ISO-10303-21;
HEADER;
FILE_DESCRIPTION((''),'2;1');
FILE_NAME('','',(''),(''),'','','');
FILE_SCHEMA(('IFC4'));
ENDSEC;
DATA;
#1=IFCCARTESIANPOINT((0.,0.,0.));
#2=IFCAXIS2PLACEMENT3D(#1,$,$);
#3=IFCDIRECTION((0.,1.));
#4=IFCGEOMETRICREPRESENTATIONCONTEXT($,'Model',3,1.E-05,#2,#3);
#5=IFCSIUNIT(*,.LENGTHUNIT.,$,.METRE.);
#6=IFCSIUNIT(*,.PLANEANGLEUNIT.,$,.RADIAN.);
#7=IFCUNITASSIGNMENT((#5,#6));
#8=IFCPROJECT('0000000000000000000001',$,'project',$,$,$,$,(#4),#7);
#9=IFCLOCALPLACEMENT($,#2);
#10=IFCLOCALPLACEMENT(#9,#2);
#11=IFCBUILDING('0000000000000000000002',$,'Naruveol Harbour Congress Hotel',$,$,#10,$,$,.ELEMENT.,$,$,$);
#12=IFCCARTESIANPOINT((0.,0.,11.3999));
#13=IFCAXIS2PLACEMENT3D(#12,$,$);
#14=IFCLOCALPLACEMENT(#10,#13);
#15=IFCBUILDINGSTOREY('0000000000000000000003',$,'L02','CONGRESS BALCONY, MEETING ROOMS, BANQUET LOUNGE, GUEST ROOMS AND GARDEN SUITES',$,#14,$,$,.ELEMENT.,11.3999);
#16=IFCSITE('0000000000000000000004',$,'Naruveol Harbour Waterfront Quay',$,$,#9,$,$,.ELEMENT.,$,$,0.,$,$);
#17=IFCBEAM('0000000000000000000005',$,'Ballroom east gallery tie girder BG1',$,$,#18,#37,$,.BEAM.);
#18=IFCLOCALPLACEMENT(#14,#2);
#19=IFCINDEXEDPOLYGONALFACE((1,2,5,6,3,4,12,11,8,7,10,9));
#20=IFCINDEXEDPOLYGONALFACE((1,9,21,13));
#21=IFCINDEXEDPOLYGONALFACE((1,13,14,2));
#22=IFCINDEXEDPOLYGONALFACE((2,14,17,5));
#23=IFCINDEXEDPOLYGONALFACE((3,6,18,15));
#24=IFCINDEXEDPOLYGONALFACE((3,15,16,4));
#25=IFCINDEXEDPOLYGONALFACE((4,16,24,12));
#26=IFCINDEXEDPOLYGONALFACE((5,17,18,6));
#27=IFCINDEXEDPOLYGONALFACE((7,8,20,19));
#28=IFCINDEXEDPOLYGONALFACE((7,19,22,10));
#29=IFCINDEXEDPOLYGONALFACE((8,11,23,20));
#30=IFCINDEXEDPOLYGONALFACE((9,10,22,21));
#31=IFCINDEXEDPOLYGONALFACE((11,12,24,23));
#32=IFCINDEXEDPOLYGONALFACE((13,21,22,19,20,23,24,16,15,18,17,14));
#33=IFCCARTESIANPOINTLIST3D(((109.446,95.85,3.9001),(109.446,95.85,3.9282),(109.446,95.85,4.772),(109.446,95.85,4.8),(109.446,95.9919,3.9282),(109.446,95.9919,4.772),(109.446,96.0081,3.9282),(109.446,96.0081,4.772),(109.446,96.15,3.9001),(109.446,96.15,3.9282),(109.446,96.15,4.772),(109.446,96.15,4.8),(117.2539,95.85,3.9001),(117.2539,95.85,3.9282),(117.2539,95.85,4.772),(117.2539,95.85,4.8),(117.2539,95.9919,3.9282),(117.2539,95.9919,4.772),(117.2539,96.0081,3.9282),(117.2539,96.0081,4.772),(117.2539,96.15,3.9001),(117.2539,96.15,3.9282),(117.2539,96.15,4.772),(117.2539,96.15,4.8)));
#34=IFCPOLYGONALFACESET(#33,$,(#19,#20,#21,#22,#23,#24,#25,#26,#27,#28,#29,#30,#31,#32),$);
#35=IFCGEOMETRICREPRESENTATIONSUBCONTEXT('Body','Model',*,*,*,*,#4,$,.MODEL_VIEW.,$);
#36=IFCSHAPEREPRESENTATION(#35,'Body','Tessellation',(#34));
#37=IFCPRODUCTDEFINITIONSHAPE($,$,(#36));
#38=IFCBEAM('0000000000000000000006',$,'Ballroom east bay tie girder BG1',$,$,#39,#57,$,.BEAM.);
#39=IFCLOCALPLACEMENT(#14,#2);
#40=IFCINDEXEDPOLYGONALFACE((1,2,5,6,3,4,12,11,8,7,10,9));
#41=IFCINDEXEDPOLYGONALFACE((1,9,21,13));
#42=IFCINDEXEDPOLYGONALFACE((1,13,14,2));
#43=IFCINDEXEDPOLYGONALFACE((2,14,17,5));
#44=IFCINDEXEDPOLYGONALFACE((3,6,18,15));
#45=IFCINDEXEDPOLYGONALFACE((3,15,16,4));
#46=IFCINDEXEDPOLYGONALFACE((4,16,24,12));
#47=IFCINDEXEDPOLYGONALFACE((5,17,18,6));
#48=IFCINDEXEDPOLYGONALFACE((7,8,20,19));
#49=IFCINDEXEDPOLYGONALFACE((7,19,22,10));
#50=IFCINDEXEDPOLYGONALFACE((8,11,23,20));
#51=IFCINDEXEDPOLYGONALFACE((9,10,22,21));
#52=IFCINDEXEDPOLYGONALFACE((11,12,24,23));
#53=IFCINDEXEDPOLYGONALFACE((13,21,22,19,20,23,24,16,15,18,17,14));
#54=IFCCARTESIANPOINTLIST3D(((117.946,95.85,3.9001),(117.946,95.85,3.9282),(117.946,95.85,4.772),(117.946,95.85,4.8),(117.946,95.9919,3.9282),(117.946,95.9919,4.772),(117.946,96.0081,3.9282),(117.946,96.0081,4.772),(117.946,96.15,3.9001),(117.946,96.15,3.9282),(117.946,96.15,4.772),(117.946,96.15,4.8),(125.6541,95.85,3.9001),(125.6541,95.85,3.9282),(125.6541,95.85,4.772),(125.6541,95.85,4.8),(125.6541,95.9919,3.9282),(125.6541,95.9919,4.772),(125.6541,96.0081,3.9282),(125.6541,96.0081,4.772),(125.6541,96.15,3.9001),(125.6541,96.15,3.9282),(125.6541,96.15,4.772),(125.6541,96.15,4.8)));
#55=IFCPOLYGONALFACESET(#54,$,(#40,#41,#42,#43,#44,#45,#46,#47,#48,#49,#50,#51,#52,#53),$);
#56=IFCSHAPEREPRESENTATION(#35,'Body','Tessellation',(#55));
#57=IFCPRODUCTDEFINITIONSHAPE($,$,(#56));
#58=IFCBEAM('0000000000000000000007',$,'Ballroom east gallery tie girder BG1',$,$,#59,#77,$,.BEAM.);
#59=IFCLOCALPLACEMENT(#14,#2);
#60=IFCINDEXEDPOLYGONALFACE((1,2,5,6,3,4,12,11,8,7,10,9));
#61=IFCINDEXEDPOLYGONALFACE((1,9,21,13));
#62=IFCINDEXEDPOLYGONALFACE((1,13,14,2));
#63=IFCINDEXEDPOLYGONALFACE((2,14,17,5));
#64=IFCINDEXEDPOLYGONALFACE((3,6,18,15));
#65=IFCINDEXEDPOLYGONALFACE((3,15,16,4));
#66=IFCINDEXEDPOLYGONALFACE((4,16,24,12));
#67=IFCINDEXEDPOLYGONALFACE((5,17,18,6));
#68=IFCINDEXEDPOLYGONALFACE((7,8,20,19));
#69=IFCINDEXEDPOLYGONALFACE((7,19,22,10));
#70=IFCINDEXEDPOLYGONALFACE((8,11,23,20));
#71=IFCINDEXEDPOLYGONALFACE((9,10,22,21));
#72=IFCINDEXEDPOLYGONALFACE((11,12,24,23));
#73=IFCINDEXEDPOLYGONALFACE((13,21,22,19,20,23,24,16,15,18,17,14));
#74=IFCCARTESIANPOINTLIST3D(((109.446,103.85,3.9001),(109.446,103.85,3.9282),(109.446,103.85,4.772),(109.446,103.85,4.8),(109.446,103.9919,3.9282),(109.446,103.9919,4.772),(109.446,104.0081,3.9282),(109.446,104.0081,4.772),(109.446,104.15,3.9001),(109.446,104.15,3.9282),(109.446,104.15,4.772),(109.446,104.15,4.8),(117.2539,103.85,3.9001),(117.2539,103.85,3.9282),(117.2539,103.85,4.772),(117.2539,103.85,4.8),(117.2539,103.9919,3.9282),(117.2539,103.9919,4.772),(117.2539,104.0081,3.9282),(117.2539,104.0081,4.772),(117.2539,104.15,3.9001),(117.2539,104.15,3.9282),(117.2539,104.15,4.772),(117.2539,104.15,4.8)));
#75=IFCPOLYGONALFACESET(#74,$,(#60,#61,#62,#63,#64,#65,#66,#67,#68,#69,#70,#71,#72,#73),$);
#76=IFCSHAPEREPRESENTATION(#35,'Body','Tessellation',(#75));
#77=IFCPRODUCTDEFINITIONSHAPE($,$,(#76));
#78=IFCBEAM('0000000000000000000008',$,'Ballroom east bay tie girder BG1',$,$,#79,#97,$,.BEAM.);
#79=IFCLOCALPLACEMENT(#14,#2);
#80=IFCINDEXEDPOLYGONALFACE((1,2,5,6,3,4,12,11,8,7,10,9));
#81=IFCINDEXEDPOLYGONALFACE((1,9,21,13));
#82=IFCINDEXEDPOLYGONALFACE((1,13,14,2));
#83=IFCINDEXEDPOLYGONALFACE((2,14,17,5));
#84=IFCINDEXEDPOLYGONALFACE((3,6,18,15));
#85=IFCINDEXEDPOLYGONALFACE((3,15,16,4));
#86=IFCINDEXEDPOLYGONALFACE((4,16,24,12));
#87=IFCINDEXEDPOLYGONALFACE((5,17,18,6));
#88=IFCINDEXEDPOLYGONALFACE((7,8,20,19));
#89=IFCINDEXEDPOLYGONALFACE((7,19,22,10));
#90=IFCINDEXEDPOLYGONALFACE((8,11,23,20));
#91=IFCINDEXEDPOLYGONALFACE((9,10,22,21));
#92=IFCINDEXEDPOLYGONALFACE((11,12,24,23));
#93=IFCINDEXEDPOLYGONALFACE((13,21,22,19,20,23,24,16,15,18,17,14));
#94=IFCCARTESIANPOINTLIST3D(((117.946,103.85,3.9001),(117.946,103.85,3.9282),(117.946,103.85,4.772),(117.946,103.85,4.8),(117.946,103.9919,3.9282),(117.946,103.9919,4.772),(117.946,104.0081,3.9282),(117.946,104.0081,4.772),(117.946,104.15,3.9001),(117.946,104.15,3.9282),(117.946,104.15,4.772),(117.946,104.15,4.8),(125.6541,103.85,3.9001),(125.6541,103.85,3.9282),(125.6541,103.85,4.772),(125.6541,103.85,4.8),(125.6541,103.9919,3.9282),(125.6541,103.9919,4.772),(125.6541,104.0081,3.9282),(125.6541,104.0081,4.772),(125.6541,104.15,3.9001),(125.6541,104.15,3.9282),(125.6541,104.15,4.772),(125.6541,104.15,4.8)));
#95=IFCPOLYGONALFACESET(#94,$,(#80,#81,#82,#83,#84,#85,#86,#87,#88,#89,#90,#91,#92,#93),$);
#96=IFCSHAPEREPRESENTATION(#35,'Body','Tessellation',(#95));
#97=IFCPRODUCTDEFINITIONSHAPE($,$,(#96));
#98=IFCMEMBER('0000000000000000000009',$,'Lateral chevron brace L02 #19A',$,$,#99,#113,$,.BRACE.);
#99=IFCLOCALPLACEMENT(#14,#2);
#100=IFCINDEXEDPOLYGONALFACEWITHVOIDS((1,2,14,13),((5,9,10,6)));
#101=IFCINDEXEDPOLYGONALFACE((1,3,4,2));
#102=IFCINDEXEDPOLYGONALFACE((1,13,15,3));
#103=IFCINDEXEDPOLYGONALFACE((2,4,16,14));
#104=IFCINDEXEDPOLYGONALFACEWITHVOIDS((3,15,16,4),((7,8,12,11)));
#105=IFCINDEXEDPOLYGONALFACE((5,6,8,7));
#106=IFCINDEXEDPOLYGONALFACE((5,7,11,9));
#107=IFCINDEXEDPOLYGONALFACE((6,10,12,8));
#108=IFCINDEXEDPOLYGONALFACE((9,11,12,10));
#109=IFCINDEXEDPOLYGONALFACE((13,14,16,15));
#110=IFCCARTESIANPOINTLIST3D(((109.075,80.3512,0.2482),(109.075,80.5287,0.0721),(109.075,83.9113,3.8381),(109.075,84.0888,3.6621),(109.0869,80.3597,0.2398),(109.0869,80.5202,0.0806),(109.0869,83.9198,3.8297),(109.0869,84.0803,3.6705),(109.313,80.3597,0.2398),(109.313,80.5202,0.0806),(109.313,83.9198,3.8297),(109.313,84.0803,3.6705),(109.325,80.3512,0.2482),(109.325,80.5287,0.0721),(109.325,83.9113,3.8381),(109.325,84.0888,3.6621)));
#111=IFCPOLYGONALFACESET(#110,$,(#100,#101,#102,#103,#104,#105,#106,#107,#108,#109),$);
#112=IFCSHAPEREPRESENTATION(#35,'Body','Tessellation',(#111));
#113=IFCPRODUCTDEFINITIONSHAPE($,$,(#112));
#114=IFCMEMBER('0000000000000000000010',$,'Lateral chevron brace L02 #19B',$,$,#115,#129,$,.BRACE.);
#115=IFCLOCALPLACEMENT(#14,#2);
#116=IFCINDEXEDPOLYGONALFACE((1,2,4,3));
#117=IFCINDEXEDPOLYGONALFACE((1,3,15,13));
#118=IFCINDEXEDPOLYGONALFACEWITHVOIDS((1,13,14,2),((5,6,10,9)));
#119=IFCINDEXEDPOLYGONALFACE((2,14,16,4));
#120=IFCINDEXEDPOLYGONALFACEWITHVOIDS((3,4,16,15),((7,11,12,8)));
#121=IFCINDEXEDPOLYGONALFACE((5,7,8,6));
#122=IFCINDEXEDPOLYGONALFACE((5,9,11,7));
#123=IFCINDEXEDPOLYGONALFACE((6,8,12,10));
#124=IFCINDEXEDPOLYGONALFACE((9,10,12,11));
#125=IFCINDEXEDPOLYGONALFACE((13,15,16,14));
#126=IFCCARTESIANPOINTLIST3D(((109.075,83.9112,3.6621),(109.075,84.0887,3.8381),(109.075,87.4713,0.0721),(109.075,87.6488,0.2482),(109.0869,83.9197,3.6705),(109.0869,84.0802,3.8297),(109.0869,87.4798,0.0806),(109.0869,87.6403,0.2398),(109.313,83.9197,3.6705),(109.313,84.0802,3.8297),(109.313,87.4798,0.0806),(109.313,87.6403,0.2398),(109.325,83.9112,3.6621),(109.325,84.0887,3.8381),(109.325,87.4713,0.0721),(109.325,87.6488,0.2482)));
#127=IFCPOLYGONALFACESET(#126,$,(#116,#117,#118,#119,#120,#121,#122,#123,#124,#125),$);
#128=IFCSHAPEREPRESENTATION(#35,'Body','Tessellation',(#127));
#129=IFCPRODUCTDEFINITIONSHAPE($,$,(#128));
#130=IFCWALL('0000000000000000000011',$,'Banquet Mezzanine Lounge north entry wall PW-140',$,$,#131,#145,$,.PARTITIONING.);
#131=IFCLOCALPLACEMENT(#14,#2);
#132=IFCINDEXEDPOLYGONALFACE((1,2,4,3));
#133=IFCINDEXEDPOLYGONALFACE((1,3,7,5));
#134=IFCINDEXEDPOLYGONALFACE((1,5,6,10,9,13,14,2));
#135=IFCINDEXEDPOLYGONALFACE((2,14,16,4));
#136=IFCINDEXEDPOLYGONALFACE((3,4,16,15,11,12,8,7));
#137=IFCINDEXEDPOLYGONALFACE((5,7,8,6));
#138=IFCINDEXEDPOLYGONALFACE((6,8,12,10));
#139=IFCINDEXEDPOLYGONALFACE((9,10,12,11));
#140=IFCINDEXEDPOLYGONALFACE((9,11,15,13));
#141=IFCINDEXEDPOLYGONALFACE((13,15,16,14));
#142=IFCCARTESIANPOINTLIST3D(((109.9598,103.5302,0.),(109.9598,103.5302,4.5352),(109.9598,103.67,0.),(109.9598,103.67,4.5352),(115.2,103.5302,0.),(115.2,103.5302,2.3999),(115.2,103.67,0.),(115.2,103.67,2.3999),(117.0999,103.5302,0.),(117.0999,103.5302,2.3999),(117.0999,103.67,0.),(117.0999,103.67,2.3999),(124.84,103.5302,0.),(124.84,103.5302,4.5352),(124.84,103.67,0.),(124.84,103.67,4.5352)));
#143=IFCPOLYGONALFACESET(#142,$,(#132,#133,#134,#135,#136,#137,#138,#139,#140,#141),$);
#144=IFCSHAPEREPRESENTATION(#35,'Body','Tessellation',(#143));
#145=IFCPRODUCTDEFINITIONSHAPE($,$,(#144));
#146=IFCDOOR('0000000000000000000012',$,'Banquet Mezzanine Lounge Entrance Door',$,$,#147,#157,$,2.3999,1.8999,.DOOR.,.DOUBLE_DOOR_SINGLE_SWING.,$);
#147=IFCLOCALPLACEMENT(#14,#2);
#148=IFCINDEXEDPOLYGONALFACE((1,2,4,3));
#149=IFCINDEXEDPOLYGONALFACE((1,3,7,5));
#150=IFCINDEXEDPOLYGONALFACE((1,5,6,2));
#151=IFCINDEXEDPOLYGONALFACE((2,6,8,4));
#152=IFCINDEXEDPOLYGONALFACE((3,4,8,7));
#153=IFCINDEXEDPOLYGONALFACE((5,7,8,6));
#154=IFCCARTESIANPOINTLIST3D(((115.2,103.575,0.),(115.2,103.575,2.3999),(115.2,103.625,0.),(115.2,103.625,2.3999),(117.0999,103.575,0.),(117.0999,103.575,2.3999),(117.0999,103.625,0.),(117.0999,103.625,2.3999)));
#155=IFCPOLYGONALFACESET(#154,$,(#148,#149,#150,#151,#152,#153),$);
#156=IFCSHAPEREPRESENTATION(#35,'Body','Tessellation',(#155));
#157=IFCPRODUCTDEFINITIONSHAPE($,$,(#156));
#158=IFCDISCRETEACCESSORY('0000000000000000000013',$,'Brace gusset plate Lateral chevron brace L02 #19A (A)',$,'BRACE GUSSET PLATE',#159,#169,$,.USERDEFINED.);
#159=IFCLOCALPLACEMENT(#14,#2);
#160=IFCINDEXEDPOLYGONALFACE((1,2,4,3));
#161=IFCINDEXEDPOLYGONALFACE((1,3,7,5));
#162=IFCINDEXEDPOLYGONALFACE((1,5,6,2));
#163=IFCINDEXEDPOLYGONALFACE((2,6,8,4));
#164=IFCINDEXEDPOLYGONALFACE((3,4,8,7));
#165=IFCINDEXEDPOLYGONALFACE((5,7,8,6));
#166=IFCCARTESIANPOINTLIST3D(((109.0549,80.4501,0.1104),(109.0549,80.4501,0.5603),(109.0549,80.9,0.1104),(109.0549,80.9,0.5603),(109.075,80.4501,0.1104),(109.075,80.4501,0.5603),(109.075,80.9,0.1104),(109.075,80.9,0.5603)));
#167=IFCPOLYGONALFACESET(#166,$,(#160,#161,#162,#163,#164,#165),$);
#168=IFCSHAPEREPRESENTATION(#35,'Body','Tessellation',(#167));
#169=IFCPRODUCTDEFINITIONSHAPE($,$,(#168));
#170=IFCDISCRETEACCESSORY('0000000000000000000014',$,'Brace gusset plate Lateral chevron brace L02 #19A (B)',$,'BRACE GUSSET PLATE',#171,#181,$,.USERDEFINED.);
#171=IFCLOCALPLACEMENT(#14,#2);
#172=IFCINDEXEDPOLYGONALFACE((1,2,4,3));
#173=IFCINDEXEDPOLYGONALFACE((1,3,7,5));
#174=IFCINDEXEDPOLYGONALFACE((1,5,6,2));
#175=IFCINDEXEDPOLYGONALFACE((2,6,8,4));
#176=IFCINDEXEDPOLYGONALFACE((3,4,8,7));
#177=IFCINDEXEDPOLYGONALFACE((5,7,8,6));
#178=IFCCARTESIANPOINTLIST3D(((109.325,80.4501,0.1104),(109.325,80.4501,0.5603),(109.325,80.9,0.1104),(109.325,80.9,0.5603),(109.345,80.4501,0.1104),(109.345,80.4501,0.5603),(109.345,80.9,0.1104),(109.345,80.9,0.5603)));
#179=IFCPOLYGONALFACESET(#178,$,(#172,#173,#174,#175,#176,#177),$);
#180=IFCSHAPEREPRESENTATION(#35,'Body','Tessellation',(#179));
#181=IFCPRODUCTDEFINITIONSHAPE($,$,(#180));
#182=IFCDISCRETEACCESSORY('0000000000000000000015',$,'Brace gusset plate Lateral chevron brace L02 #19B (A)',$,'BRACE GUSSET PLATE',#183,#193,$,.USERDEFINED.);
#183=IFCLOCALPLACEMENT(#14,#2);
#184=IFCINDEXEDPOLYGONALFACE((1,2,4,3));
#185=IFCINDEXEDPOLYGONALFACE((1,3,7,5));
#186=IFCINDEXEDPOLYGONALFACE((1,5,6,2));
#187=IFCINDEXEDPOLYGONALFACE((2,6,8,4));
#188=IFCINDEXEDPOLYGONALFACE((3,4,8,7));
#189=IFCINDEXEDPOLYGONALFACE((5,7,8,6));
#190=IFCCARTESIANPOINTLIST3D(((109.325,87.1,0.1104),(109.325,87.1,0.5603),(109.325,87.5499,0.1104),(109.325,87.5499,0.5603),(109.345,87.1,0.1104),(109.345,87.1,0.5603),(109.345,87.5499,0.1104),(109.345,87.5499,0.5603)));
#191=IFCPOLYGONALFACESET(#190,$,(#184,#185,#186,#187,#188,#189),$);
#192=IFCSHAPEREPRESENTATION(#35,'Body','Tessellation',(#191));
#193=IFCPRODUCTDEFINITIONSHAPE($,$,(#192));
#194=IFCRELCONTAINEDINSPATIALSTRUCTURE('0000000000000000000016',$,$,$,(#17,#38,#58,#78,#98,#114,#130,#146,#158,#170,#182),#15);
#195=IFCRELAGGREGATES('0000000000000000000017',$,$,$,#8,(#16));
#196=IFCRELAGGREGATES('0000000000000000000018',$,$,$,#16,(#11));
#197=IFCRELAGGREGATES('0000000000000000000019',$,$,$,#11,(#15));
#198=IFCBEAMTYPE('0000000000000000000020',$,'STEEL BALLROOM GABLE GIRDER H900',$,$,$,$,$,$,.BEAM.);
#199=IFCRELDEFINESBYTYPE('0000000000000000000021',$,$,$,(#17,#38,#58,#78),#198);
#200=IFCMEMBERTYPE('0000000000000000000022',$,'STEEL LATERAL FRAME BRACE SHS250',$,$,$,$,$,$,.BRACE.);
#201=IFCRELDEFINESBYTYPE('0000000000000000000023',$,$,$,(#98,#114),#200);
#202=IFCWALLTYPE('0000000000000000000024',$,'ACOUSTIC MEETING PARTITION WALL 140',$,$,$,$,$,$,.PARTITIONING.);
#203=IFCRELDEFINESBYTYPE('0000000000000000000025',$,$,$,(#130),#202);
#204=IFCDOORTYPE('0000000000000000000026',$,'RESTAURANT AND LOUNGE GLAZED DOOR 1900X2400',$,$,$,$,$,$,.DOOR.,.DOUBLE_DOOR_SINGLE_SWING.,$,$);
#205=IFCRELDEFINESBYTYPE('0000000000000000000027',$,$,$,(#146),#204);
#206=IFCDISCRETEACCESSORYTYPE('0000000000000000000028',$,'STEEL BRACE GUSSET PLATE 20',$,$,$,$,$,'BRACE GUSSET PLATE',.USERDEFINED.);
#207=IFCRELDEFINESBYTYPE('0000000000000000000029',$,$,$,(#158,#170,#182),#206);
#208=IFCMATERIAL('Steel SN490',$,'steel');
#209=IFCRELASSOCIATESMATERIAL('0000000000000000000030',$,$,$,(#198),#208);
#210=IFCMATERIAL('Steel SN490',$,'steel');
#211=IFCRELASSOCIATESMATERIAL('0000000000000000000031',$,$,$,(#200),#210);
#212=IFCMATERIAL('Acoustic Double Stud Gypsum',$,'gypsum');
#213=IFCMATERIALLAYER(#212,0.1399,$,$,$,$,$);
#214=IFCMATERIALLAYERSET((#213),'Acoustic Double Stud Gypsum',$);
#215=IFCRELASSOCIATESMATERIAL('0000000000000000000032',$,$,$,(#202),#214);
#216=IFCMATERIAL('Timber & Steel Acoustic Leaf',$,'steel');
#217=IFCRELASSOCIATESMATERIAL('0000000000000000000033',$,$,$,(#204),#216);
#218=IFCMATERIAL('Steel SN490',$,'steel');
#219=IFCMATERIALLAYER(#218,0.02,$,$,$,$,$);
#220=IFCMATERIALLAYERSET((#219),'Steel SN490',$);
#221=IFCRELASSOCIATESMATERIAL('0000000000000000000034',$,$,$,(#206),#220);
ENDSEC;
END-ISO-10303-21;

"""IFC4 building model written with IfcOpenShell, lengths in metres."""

from ifc_helpers import new_model, si_unit, direction, frame, frame_2d, origin, origin_2d, place, context, subcontext, project, spatial, rectangle, hollow_rectangle, i_section, extrude, material, layer, layer_set, material_profile, profile_set, type_object, element, fill, save


model = new_model("IFC4")

# Units and contexts
model_context = context("Model", 3, precision=1e-05, world=origin(), true_north=direction((0.0, 1.0)))
body_context = subcontext(model_context, "Body", "Model", "MODEL_VIEW")
ifc_project = project(units=[si_unit("LENGTHUNIT", "METRE"), si_unit("PLANEANGLEUNIT", "RADIAN")], contexts=[model_context])

# Site, building, storey
site_placement = place(None, origin())
site = spatial("IfcSite", under=ifc_project, at=site_placement, Name="Naruveol Harbour Waterfront Quay", CompositionType="ELEMENT", RefElevation=0.0)
building_placement = place(site_placement, origin())
building = spatial("IfcBuilding", under=site, at=building_placement, Name="Naruveol Harbour Congress Hotel", CompositionType="ELEMENT")
storey_placement = place(building_placement, frame((0.0, 0.0, 11.3999)))
storey = spatial("IfcBuildingStorey", under=building, at=storey_placement, Name="L02", Description="CONGRESS BALCONY, MEETING ROOMS, BANQUET LOUNGE, GUEST ROOMS AND GARDEN SUITES", CompositionType="ELEMENT", Elevation=11.3999)

# Beams
ifc_material_1 = material(Name="Steel SN490", Category="steel")
ifc_material_profile_1 = material_profile(ifc_material_1, i_section(OverallWidth=0.3, OverallDepth=0.8999, WebThickness=0.0161, FlangeThickness=0.0281, at=origin_2d()), Name="H-900x300x16x28")
ifc_profile_set_1 = profile_set([ifc_material_profile_1], Name="Steel SN490")
beam_type_1 = type_object("IfcBeamType", Name="STEEL BALLROOM GABLE GIRDER H900", PredefinedType="BEAM", material=ifc_profile_set_1)
beam_1_placement = place(storey_placement, frame((109.446, 96.0, 4.3501), z_axis=(1.0, 0.0, 0.0), x_axis=(0.0, 1.0, 0.0)))
element("IfcBeam", 1, at=beam_1_placement, inside=storey, type_object=beam_type_1, Name="Ballroom east gallery tie girder BG1", PredefinedType="BEAM", context=body_context, shape_type="SweptSolid", body=[
    extrude(i_section(OverallWidth=0.3, OverallDepth=0.8999, WebThickness=0.0161, FlangeThickness=0.0281, at=origin_2d()), origin(), (0.0, 0.0, 1.0), 7.8079),
])
beam_2_placement = place(storey_placement, frame((117.946, 96.0, 4.3501), z_axis=(1.0, 0.0, 0.0), x_axis=(0.0, 1.0, 0.0)))
element("IfcBeam", 2, at=beam_2_placement, inside=storey, type_object=beam_type_1, Name="Ballroom east bay tie girder BG1", PredefinedType="BEAM", context=body_context, shape_type="SweptSolid", body=[
    extrude(i_section(OverallWidth=0.3, OverallDepth=0.8999, WebThickness=0.0161, FlangeThickness=0.0281, at=origin_2d()), origin(), (0.0, 0.0, 1.0), 7.708),
])
beam_3_placement = place(storey_placement, frame((109.446, 104.0, 4.3501), z_axis=(1.0, 0.0, 0.0), x_axis=(0.0, 1.0, 0.0)))
element("IfcBeam", 3, at=beam_3_placement, inside=storey, type_object=beam_type_1, Name="Ballroom east gallery tie girder BG1", PredefinedType="BEAM", context=body_context, shape_type="SweptSolid", body=[
    extrude(i_section(OverallWidth=0.3, OverallDepth=0.8999, WebThickness=0.0161, FlangeThickness=0.0281, at=origin_2d()), origin(), (0.0, 0.0, 1.0), 7.8079),
])
beam_4_placement = place(storey_placement, frame((117.946, 104.0, 4.3501), z_axis=(1.0, 0.0, 0.0), x_axis=(0.0, 1.0, 0.0)))
element("IfcBeam", 4, at=beam_4_placement, inside=storey, type_object=beam_type_1, Name="Ballroom east bay tie girder BG1", PredefinedType="BEAM", context=body_context, shape_type="SweptSolid", body=[
    extrude(i_section(OverallWidth=0.3, OverallDepth=0.8999, WebThickness=0.0161, FlangeThickness=0.0281, at=origin_2d()), origin(), (0.0, 0.0, 1.0), 7.708),
])

# Members
ifc_material_2 = material(Name="Steel SN490", Category="steel")
ifc_material_profile_2 = material_profile(ifc_material_2, hollow_rectangle(XDim=0.25, YDim=0.25, WallThickness=0.012, at=origin_2d()), Name="SHS-250x250x12")
ifc_profile_set_2 = profile_set([ifc_material_profile_2], Name="Steel SN490")
member_type = type_object("IfcMemberType", Name="STEEL LATERAL FRAME BRACE SHS250", PredefinedType="BRACE", material=ifc_profile_set_2)
for number, where, z_axis, x_axis, name in (
    (5, (109.2, 80.4399, 0.1602), (0.0, 0.704155, 0.710046), (-1.0, 0.0, 0.0), "Lateral chevron brace L02 #19A"),
    (6, (109.2, 87.5601, 0.1602), (0.0, -0.704155, 0.710046), (1.0, 0.0, 0.0), "Lateral chevron brace L02 #19B"),
):
    element("IfcMember", number, at=place(storey_placement, frame(where, z_axis=z_axis, x_axis=x_axis)), inside=storey, type_object=member_type, Name=name, PredefinedType="BRACE", context=body_context, shape_type="SweptSolid", body=[
        extrude(hollow_rectangle(XDim=0.25, YDim=0.25, WallThickness=0.012, at=origin_2d()), origin(), (0.0, 0.0, 1.0), 5.0559),
    ])

# Wall, opening, door
ifc_material_3 = material(Name="Acoustic Double Stud Gypsum", Category="gypsum")
ifc_layer_1 = layer(ifc_material_3, 0.1399)
ifc_layer_set_1 = layer_set([ifc_layer_1], Name="Acoustic Double Stud Gypsum")
wall_type = type_object("IfcWallType", Name="ACOUSTIC MEETING PARTITION WALL 140", PredefinedType="PARTITIONING", material=ifc_layer_set_1)
wall_placement = place(storey_placement, frame((109.96, 103.6001, 0.0), z_axis=(0.0, 0.0, 1.0), x_axis=(1.0, 0.0, 0.0)))
wall = element("IfcWall", 7, at=wall_placement, inside=storey, type_object=wall_type, Name="Banquet Mezzanine Lounge north entry wall PW-140", PredefinedType="PARTITIONING", context=body_context, shape_type="SweptSolid", body=[
    extrude(rectangle(XDim=14.8801, YDim=0.1399, at=frame_2d((7.4399, 0.0))), origin(), (0.0, 0.0, 1.0), 4.5352),
])
opening_placement = place(wall_placement, frame((5.24, 0.0, 0.0)))
opening = element("IfcOpeningElement", 8, at=opening_placement, cuts=wall, PredefinedType="OPENING", context=body_context, shape_type="SweptSolid", body=[
    extrude(rectangle(XDim=1.8999, YDim=2.3999, at=frame_2d((0.95, 1.2))), frame((0.0, 0.0798, 0.0), z_axis=(0.0, -1.0, 0.0), x_axis=(1.0, 0.0, 0.0)), (0.0, 0.0, 1.0), 0.1599),
])
ifc_material_4 = material(Name="Timber & Steel Acoustic Leaf", Category="steel")
door_type = type_object("IfcDoorType", Name="RESTAURANT AND LOUNGE GLAZED DOOR 1900X2400", OperationType="DOUBLE_DOOR_SINGLE_SWING", PredefinedType="DOOR", material=ifc_material_4)
door_placement = place(opening_placement, origin())
door = element("IfcDoor", 9, at=door_placement, inside=storey, type_object=door_type, Name="Banquet Mezzanine Lounge Entrance Door", OperationType="DOUBLE_DOOR_SINGLE_SWING", OverallHeight=2.3999, OverallWidth=1.8999, PredefinedType="DOOR", context=body_context, shape_type="SweptSolid", body=[
    extrude(rectangle(XDim=1.8999, YDim=2.3999, at=frame_2d((0.95, 1.2))), frame((0.0, 0.0249, 0.0), z_axis=(0.0, -1.0, 0.0), x_axis=(1.0, 0.0, 0.0)), (0.0, 0.0, 1.0), 0.05),
])
fill(opening, door)

# Discrete accessories
ifc_material_5 = material(Name="Steel SN490", Category="steel")
ifc_layer_2 = layer(ifc_material_5, 0.02)
ifc_layer_set_2 = layer_set([ifc_layer_2], Name="Steel SN490")
discrete_accessory_type_1 = type_object("IfcDiscreteAccessoryType", Name="STEEL BRACE GUSSET PLATE 20", ElementType="BRACE GUSSET PLATE", PredefinedType="USERDEFINED", material=ifc_layer_set_2)
for number, where, z_axis, x_axis, name in (
    (10, (109.0649, 80.675, 0.1104), (0.0, 0.0, 1.0), (0.0, 1.0, 0.0), "Brace gusset plate Lateral chevron brace L02 #19A (A)"),
    (11, (109.335, 80.675, 0.1104), (0.0, 0.0, 1.0), (0.0, 1.0, 0.0), "Brace gusset plate Lateral chevron brace L02 #19A (B)"),
    (12, (109.335, 87.325, 0.1104), (0.0, 0.0, 1.0), (0.0, -1.0, 0.0), "Brace gusset plate Lateral chevron brace L02 #19B (A)"),
):
    element("IfcDiscreteAccessory", number, at=place(storey_placement, frame(where, z_axis=z_axis, x_axis=x_axis)), inside=storey, type_object=discrete_accessory_type_1, Name=name, ObjectType="BRACE GUSSET PLATE", PredefinedType="USERDEFINED", context=body_context, shape_type="SweptSolid", body=[
        extrude(rectangle(XDim=0.45, YDim=0.02, at=origin_2d()), origin(), (0.0, 0.0, 1.0), 0.45),
    ])

save(model, "model.ifc")
